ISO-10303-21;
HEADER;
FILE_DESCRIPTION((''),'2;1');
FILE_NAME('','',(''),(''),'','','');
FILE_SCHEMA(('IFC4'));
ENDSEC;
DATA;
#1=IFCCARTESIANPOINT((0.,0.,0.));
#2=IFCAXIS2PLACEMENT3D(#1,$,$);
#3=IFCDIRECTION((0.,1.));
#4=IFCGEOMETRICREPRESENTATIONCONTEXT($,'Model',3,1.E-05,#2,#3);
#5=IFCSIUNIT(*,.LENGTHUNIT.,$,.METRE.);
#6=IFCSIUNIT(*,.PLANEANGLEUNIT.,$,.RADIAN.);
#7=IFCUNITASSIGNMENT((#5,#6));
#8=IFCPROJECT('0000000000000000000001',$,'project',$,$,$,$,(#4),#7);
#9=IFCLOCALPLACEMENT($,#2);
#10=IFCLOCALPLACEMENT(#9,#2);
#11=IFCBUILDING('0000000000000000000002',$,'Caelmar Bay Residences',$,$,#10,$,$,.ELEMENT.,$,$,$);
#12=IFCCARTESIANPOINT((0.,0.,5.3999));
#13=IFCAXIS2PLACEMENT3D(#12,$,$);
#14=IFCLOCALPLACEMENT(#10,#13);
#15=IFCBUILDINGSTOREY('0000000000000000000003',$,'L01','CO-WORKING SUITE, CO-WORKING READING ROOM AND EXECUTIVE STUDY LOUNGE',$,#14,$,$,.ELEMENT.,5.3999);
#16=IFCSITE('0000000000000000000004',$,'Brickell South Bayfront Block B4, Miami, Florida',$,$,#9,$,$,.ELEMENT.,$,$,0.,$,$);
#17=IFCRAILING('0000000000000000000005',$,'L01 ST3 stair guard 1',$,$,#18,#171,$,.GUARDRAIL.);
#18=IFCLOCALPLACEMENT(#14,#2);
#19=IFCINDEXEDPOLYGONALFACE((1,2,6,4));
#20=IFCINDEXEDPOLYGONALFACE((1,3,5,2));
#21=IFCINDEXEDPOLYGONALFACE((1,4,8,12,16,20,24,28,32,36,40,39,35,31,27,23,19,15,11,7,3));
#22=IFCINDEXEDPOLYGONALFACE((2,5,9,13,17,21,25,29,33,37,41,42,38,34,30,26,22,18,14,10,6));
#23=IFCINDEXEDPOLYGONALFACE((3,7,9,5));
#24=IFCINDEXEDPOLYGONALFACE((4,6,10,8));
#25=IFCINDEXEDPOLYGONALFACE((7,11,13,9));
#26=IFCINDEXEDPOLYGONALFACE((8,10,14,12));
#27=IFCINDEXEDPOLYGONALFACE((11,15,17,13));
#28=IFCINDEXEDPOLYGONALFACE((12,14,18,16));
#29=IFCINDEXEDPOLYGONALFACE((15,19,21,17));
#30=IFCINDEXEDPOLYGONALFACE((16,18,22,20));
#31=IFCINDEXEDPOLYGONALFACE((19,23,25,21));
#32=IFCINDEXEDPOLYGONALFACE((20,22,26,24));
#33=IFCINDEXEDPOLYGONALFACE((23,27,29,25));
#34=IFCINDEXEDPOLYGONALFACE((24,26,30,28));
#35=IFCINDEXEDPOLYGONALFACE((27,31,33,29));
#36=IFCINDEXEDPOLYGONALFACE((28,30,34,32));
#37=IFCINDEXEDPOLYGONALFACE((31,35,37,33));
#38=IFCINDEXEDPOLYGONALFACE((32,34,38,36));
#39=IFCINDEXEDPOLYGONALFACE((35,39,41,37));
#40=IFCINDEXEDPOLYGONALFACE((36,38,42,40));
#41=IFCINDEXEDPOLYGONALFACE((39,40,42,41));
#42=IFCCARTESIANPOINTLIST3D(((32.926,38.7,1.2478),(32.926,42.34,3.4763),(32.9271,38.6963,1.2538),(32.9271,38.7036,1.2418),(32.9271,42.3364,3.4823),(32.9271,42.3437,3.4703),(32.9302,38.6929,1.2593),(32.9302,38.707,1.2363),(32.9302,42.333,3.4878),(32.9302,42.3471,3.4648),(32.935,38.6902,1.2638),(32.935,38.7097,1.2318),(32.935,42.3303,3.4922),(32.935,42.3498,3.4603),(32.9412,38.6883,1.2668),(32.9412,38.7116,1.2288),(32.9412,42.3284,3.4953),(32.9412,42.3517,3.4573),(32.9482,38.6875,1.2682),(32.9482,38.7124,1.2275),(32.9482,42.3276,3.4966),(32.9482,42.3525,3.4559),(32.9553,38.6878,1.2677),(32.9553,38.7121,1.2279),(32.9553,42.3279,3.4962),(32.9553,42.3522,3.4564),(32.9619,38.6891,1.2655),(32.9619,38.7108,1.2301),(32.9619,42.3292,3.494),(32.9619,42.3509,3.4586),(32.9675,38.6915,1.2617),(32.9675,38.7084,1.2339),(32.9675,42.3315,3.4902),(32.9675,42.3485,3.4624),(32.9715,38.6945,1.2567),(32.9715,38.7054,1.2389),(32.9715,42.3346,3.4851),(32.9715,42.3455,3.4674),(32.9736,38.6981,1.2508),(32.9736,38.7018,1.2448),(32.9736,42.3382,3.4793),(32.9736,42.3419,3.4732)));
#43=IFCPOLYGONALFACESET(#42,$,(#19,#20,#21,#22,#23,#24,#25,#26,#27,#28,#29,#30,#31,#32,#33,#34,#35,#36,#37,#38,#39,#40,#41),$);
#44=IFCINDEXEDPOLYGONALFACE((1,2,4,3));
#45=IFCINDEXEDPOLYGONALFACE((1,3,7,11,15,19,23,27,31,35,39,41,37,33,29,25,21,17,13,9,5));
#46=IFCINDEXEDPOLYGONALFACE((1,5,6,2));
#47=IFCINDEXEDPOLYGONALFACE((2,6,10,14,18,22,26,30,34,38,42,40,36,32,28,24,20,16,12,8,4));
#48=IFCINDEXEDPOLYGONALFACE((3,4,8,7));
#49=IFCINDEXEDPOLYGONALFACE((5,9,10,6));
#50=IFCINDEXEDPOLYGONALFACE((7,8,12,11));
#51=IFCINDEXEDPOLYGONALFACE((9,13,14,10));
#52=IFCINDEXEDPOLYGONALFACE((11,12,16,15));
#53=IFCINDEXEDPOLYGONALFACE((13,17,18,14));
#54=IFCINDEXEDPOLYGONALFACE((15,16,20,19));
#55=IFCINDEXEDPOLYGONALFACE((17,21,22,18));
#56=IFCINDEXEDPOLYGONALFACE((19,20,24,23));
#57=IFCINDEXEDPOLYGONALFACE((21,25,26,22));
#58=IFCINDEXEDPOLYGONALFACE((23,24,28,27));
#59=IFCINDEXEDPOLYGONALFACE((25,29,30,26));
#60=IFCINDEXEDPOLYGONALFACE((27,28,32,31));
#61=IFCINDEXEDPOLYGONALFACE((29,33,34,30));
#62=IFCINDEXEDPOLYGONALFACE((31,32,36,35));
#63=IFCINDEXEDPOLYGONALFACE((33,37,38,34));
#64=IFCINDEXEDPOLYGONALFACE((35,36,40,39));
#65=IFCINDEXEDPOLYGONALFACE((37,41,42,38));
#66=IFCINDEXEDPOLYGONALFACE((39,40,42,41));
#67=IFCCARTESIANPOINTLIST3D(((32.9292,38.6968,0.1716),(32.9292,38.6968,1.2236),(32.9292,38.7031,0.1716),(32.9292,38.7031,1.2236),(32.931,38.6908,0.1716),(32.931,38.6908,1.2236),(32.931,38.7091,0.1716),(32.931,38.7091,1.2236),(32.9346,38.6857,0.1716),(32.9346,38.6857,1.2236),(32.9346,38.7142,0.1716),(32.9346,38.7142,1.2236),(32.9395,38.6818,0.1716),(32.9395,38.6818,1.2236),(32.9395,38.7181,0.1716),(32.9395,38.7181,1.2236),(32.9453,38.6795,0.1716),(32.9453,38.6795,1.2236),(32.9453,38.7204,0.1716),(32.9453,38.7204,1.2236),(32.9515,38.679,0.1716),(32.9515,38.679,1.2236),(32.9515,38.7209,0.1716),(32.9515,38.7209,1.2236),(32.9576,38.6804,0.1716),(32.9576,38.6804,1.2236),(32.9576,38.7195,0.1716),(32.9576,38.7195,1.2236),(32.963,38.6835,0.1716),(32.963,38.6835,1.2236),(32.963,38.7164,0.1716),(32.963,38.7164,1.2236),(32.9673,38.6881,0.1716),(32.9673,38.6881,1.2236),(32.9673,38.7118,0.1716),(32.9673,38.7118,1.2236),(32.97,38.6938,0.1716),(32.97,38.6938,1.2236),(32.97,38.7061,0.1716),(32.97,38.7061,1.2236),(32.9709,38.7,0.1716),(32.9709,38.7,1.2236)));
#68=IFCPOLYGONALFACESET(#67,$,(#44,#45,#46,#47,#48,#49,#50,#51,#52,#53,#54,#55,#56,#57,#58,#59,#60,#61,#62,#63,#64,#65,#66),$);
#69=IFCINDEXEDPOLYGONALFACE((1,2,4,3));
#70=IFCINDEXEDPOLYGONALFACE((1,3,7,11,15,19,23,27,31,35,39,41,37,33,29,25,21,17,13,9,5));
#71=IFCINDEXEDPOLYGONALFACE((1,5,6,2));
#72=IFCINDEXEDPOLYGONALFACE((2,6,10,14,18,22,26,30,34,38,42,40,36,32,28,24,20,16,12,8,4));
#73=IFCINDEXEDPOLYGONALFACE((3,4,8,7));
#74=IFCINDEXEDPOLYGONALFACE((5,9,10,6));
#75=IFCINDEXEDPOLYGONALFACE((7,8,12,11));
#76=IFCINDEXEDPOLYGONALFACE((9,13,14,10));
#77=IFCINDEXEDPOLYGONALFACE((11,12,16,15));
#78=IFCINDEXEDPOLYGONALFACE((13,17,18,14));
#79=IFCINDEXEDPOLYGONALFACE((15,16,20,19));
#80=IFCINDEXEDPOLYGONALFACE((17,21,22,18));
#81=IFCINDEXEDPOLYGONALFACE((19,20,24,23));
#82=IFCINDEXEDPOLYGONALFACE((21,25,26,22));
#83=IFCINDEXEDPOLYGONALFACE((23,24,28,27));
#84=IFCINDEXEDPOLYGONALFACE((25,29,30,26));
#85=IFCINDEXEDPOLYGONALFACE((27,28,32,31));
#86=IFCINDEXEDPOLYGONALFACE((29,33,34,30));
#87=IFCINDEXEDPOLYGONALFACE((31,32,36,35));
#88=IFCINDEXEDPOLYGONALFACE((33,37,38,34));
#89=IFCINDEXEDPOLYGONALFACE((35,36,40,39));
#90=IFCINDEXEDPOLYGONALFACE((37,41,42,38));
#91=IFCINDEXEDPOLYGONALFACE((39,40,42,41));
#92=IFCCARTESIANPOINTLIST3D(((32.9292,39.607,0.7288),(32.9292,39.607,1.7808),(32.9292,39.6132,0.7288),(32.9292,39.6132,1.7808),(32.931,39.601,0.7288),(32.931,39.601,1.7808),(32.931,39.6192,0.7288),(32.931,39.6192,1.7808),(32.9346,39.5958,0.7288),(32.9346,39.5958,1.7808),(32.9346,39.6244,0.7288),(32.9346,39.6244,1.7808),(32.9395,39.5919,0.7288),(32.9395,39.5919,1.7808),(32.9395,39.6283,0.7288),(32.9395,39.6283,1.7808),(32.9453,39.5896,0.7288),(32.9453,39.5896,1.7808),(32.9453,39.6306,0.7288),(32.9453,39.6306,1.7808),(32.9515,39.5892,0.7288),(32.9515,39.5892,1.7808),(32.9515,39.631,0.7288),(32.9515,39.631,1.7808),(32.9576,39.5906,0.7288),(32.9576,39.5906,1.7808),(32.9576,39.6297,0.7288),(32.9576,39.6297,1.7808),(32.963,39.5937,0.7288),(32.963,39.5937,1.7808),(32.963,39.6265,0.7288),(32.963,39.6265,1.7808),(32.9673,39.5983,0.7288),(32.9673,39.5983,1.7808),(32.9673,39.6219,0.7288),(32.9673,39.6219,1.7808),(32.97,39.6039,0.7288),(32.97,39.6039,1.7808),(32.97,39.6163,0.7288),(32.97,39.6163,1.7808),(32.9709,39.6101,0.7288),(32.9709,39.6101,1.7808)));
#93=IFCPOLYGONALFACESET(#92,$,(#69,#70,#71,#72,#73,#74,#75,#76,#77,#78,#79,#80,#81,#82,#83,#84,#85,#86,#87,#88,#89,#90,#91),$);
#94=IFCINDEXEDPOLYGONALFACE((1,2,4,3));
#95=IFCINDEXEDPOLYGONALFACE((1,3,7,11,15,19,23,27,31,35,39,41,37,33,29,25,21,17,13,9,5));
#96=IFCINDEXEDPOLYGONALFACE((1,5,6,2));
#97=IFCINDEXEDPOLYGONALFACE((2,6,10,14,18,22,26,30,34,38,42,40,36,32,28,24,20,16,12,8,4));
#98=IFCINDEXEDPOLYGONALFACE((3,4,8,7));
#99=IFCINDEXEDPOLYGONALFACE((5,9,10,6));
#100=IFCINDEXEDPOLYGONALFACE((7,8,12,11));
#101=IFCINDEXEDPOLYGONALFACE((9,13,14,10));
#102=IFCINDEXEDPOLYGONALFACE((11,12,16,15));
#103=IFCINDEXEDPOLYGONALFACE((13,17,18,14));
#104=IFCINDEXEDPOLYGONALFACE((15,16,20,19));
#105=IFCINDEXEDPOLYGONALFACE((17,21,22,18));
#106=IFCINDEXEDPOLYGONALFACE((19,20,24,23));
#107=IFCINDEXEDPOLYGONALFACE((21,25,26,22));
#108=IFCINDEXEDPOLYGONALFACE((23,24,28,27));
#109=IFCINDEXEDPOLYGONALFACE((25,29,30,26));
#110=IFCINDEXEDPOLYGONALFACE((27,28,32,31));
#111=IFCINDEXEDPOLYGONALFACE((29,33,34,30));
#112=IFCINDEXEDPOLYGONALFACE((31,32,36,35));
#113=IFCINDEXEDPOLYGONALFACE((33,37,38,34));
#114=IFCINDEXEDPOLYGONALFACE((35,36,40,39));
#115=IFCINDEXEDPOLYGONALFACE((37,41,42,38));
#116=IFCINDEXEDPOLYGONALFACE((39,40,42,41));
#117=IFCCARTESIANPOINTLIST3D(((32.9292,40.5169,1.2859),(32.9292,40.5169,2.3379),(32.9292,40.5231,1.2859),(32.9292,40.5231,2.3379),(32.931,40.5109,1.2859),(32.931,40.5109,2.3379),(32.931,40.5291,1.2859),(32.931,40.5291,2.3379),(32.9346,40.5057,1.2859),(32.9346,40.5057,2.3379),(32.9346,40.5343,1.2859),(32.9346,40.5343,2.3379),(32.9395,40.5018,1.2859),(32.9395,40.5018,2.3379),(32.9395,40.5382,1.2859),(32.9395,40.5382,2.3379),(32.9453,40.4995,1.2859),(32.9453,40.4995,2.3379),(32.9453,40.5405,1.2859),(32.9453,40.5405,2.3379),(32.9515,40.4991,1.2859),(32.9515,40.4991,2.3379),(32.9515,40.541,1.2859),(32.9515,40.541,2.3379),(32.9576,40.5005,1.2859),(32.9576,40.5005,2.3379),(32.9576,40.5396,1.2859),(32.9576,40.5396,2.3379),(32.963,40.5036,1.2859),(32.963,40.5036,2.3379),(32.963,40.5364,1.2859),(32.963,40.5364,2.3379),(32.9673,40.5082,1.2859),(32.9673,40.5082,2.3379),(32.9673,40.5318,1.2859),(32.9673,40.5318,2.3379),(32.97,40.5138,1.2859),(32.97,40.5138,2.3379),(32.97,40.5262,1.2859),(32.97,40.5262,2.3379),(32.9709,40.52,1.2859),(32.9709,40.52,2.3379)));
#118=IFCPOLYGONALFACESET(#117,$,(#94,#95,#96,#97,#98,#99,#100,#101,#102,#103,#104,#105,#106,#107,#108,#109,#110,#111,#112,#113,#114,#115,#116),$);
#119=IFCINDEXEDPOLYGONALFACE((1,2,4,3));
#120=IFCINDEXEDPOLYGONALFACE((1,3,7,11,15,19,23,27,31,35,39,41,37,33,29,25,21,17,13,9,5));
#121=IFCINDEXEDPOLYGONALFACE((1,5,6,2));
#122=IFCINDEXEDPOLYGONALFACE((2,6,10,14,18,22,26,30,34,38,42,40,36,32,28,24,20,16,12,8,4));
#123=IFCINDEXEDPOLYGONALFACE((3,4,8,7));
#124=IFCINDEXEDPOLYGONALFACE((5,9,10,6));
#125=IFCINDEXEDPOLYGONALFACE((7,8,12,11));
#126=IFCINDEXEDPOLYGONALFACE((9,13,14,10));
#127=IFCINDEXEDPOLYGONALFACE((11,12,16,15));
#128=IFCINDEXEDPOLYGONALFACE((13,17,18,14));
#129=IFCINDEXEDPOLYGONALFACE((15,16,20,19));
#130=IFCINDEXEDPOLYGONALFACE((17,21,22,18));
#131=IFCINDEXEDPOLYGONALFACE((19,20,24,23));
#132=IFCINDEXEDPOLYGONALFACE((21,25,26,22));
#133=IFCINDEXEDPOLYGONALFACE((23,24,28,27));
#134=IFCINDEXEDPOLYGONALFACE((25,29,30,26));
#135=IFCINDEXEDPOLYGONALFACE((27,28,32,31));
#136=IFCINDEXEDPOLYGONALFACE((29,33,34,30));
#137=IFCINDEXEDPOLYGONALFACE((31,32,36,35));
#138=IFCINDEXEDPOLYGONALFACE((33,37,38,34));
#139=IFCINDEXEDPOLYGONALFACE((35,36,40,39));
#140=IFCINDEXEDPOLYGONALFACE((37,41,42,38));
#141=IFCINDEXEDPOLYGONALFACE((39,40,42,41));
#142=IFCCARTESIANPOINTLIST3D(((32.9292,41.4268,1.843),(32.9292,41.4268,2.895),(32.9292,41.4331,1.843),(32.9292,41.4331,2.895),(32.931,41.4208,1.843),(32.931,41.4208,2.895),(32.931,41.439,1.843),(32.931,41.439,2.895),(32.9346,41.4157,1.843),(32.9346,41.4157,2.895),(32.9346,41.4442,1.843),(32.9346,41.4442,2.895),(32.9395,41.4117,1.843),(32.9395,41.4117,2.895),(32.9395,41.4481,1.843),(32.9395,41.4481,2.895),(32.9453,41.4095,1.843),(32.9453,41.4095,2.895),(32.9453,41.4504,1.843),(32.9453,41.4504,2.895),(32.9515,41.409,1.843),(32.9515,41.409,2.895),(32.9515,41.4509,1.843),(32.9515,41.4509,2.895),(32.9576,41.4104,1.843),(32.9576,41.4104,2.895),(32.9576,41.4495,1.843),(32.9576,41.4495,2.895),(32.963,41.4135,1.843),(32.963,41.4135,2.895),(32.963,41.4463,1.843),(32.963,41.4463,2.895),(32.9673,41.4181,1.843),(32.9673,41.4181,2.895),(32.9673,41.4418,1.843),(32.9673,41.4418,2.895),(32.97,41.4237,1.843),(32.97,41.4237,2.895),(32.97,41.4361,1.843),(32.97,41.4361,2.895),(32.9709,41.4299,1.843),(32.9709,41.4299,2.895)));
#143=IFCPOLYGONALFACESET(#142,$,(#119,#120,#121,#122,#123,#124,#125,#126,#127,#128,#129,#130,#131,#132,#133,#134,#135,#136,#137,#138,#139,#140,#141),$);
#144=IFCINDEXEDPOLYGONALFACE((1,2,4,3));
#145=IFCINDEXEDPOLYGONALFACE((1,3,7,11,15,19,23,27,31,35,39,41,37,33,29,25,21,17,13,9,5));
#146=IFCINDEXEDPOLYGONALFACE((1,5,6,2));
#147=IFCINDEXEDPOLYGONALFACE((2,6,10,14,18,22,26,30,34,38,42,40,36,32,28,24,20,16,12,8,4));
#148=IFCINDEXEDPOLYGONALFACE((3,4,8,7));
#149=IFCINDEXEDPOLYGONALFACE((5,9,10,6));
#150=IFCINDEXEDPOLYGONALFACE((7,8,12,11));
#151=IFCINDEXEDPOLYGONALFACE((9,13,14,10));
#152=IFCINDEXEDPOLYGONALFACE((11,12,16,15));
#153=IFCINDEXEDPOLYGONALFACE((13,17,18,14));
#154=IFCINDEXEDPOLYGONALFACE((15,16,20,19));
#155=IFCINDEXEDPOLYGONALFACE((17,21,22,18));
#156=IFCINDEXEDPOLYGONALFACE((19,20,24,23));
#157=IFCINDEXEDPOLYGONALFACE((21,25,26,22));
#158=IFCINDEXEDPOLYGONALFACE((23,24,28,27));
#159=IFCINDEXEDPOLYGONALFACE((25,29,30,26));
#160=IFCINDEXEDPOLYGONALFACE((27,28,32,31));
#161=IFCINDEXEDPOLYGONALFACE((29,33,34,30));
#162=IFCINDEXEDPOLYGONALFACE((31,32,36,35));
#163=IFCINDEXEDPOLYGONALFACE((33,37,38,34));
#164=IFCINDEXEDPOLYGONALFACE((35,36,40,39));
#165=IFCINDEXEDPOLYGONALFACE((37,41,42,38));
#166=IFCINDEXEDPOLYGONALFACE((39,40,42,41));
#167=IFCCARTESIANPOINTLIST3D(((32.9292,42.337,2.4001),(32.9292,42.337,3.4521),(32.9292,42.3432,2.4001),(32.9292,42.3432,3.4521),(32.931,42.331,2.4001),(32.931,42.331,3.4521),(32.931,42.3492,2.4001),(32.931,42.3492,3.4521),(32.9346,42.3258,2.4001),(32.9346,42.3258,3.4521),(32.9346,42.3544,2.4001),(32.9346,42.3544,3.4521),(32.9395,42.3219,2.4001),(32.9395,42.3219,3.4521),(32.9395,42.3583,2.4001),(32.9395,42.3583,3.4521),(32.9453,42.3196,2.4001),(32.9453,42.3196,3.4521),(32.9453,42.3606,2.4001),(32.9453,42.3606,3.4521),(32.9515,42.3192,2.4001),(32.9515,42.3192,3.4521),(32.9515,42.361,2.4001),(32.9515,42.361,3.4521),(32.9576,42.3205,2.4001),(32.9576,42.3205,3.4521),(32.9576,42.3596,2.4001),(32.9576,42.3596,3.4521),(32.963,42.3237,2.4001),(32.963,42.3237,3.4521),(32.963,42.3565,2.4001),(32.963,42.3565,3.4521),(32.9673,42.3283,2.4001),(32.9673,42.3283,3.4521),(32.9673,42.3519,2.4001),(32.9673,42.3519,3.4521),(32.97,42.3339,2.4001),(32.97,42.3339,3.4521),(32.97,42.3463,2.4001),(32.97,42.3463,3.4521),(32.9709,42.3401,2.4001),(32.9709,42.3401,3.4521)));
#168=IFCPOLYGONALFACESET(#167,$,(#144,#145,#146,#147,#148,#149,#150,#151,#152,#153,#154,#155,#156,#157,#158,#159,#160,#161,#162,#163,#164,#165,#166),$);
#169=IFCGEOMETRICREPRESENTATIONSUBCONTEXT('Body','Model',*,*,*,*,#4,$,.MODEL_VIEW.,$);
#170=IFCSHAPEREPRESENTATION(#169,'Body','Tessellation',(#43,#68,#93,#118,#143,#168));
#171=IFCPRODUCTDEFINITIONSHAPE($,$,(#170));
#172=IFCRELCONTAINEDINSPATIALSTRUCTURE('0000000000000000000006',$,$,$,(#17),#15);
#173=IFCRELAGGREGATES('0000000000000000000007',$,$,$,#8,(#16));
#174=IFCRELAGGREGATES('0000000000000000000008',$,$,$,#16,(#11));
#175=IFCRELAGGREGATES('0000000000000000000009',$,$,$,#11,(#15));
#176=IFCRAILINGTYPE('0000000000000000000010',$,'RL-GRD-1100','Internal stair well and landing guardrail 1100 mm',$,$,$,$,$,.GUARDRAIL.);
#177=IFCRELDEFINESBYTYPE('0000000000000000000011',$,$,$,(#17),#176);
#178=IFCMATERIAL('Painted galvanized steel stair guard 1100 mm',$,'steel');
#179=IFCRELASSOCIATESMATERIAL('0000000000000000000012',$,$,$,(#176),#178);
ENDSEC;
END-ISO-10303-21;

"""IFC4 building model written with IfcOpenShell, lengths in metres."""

from ifc_helpers import new_model, si_unit, direction, frame, origin, origin_2d, place, context, subcontext, project, spatial, circle, extrude, material, type_object, element, save


model = new_model("IFC4")

# Units and contexts
model_context = context("Model", 3, precision=1e-05, world=origin(), true_north=direction((0.0, 1.0)))
body_context = subcontext(model_context, "Body", "Model", "MODEL_VIEW")
ifc_project = project(units=[si_unit("LENGTHUNIT", "METRE"), si_unit("PLANEANGLEUNIT", "RADIAN")], contexts=[model_context])

# Site, building, storey
site_placement = place(None, origin())
site = spatial("IfcSite", under=ifc_project, at=site_placement, Name="Brickell South Bayfront Block B4, Miami, Florida", CompositionType="ELEMENT", RefElevation=0.0)
building_placement = place(site_placement, origin())
building = spatial("IfcBuilding", under=site, at=building_placement, Name="Caelmar Bay Residences", CompositionType="ELEMENT")
storey_placement = place(building_placement, frame((0.0, 0.0, 5.3999)))
storey = spatial("IfcBuildingStorey", under=building, at=storey_placement, Name="L01", Description="CO-WORKING SUITE, CO-WORKING READING ROOM AND EXECUTIVE STUDY LOUNGE", CompositionType="ELEMENT", Elevation=5.3999)

# Railing
ifc_material_1 = material(Name="Painted galvanized steel stair guard 1100 mm", Category="steel")
railing_type_1 = type_object("IfcRailingType", Name="RL-GRD-1100", Description="Internal stair well and landing guardrail 1100 mm", PredefinedType="GUARDRAIL", material=ifc_material_1)
for number, where, name in (
    (1, (32.95, 38.7, 0.1716), "L01 ST3 stair guard 1"),
):
    element("IfcRailing", number, at=place(storey_placement, frame(where)), inside=storey, type_object=railing_type_1, Name=name, PredefinedType="GUARDRAIL", context=body_context, shape_type="SweptSolid", body=[
        extrude(circle(Radius=0.0239, at=origin_2d()), frame((0.0, 0.0, 1.0762), z_axis=(0.0, 0.852866, 0.52213), x_axis=(-1.0, 0.0, 0.0)), (0.0, 0.0, 1.0), 4.2681),
        extrude(circle(Radius=0.021, at=origin_2d()), origin(), (0.0, 0.0, 1.0), 1.052),
        extrude(circle(Radius=0.021, at=origin_2d()), frame((0.0, 0.9102, 0.5571)), (0.0, 0.0, 1.0), 1.052),
        extrude(circle(Radius=0.021, at=origin_2d()), frame((0.0, 1.8201, 1.1143)), (0.0, 0.0, 1.0), 1.052),
        extrude(circle(Radius=0.021, at=origin_2d()), frame((0.0, 2.73, 1.6714)), (0.0, 0.0, 1.0), 1.052),
        extrude(circle(Radius=0.021, at=origin_2d()), frame((0.0, 3.6401, 2.2285)), (0.0, 0.0, 1.0), 1.052),
    ])

save(model, "model.ifc")
